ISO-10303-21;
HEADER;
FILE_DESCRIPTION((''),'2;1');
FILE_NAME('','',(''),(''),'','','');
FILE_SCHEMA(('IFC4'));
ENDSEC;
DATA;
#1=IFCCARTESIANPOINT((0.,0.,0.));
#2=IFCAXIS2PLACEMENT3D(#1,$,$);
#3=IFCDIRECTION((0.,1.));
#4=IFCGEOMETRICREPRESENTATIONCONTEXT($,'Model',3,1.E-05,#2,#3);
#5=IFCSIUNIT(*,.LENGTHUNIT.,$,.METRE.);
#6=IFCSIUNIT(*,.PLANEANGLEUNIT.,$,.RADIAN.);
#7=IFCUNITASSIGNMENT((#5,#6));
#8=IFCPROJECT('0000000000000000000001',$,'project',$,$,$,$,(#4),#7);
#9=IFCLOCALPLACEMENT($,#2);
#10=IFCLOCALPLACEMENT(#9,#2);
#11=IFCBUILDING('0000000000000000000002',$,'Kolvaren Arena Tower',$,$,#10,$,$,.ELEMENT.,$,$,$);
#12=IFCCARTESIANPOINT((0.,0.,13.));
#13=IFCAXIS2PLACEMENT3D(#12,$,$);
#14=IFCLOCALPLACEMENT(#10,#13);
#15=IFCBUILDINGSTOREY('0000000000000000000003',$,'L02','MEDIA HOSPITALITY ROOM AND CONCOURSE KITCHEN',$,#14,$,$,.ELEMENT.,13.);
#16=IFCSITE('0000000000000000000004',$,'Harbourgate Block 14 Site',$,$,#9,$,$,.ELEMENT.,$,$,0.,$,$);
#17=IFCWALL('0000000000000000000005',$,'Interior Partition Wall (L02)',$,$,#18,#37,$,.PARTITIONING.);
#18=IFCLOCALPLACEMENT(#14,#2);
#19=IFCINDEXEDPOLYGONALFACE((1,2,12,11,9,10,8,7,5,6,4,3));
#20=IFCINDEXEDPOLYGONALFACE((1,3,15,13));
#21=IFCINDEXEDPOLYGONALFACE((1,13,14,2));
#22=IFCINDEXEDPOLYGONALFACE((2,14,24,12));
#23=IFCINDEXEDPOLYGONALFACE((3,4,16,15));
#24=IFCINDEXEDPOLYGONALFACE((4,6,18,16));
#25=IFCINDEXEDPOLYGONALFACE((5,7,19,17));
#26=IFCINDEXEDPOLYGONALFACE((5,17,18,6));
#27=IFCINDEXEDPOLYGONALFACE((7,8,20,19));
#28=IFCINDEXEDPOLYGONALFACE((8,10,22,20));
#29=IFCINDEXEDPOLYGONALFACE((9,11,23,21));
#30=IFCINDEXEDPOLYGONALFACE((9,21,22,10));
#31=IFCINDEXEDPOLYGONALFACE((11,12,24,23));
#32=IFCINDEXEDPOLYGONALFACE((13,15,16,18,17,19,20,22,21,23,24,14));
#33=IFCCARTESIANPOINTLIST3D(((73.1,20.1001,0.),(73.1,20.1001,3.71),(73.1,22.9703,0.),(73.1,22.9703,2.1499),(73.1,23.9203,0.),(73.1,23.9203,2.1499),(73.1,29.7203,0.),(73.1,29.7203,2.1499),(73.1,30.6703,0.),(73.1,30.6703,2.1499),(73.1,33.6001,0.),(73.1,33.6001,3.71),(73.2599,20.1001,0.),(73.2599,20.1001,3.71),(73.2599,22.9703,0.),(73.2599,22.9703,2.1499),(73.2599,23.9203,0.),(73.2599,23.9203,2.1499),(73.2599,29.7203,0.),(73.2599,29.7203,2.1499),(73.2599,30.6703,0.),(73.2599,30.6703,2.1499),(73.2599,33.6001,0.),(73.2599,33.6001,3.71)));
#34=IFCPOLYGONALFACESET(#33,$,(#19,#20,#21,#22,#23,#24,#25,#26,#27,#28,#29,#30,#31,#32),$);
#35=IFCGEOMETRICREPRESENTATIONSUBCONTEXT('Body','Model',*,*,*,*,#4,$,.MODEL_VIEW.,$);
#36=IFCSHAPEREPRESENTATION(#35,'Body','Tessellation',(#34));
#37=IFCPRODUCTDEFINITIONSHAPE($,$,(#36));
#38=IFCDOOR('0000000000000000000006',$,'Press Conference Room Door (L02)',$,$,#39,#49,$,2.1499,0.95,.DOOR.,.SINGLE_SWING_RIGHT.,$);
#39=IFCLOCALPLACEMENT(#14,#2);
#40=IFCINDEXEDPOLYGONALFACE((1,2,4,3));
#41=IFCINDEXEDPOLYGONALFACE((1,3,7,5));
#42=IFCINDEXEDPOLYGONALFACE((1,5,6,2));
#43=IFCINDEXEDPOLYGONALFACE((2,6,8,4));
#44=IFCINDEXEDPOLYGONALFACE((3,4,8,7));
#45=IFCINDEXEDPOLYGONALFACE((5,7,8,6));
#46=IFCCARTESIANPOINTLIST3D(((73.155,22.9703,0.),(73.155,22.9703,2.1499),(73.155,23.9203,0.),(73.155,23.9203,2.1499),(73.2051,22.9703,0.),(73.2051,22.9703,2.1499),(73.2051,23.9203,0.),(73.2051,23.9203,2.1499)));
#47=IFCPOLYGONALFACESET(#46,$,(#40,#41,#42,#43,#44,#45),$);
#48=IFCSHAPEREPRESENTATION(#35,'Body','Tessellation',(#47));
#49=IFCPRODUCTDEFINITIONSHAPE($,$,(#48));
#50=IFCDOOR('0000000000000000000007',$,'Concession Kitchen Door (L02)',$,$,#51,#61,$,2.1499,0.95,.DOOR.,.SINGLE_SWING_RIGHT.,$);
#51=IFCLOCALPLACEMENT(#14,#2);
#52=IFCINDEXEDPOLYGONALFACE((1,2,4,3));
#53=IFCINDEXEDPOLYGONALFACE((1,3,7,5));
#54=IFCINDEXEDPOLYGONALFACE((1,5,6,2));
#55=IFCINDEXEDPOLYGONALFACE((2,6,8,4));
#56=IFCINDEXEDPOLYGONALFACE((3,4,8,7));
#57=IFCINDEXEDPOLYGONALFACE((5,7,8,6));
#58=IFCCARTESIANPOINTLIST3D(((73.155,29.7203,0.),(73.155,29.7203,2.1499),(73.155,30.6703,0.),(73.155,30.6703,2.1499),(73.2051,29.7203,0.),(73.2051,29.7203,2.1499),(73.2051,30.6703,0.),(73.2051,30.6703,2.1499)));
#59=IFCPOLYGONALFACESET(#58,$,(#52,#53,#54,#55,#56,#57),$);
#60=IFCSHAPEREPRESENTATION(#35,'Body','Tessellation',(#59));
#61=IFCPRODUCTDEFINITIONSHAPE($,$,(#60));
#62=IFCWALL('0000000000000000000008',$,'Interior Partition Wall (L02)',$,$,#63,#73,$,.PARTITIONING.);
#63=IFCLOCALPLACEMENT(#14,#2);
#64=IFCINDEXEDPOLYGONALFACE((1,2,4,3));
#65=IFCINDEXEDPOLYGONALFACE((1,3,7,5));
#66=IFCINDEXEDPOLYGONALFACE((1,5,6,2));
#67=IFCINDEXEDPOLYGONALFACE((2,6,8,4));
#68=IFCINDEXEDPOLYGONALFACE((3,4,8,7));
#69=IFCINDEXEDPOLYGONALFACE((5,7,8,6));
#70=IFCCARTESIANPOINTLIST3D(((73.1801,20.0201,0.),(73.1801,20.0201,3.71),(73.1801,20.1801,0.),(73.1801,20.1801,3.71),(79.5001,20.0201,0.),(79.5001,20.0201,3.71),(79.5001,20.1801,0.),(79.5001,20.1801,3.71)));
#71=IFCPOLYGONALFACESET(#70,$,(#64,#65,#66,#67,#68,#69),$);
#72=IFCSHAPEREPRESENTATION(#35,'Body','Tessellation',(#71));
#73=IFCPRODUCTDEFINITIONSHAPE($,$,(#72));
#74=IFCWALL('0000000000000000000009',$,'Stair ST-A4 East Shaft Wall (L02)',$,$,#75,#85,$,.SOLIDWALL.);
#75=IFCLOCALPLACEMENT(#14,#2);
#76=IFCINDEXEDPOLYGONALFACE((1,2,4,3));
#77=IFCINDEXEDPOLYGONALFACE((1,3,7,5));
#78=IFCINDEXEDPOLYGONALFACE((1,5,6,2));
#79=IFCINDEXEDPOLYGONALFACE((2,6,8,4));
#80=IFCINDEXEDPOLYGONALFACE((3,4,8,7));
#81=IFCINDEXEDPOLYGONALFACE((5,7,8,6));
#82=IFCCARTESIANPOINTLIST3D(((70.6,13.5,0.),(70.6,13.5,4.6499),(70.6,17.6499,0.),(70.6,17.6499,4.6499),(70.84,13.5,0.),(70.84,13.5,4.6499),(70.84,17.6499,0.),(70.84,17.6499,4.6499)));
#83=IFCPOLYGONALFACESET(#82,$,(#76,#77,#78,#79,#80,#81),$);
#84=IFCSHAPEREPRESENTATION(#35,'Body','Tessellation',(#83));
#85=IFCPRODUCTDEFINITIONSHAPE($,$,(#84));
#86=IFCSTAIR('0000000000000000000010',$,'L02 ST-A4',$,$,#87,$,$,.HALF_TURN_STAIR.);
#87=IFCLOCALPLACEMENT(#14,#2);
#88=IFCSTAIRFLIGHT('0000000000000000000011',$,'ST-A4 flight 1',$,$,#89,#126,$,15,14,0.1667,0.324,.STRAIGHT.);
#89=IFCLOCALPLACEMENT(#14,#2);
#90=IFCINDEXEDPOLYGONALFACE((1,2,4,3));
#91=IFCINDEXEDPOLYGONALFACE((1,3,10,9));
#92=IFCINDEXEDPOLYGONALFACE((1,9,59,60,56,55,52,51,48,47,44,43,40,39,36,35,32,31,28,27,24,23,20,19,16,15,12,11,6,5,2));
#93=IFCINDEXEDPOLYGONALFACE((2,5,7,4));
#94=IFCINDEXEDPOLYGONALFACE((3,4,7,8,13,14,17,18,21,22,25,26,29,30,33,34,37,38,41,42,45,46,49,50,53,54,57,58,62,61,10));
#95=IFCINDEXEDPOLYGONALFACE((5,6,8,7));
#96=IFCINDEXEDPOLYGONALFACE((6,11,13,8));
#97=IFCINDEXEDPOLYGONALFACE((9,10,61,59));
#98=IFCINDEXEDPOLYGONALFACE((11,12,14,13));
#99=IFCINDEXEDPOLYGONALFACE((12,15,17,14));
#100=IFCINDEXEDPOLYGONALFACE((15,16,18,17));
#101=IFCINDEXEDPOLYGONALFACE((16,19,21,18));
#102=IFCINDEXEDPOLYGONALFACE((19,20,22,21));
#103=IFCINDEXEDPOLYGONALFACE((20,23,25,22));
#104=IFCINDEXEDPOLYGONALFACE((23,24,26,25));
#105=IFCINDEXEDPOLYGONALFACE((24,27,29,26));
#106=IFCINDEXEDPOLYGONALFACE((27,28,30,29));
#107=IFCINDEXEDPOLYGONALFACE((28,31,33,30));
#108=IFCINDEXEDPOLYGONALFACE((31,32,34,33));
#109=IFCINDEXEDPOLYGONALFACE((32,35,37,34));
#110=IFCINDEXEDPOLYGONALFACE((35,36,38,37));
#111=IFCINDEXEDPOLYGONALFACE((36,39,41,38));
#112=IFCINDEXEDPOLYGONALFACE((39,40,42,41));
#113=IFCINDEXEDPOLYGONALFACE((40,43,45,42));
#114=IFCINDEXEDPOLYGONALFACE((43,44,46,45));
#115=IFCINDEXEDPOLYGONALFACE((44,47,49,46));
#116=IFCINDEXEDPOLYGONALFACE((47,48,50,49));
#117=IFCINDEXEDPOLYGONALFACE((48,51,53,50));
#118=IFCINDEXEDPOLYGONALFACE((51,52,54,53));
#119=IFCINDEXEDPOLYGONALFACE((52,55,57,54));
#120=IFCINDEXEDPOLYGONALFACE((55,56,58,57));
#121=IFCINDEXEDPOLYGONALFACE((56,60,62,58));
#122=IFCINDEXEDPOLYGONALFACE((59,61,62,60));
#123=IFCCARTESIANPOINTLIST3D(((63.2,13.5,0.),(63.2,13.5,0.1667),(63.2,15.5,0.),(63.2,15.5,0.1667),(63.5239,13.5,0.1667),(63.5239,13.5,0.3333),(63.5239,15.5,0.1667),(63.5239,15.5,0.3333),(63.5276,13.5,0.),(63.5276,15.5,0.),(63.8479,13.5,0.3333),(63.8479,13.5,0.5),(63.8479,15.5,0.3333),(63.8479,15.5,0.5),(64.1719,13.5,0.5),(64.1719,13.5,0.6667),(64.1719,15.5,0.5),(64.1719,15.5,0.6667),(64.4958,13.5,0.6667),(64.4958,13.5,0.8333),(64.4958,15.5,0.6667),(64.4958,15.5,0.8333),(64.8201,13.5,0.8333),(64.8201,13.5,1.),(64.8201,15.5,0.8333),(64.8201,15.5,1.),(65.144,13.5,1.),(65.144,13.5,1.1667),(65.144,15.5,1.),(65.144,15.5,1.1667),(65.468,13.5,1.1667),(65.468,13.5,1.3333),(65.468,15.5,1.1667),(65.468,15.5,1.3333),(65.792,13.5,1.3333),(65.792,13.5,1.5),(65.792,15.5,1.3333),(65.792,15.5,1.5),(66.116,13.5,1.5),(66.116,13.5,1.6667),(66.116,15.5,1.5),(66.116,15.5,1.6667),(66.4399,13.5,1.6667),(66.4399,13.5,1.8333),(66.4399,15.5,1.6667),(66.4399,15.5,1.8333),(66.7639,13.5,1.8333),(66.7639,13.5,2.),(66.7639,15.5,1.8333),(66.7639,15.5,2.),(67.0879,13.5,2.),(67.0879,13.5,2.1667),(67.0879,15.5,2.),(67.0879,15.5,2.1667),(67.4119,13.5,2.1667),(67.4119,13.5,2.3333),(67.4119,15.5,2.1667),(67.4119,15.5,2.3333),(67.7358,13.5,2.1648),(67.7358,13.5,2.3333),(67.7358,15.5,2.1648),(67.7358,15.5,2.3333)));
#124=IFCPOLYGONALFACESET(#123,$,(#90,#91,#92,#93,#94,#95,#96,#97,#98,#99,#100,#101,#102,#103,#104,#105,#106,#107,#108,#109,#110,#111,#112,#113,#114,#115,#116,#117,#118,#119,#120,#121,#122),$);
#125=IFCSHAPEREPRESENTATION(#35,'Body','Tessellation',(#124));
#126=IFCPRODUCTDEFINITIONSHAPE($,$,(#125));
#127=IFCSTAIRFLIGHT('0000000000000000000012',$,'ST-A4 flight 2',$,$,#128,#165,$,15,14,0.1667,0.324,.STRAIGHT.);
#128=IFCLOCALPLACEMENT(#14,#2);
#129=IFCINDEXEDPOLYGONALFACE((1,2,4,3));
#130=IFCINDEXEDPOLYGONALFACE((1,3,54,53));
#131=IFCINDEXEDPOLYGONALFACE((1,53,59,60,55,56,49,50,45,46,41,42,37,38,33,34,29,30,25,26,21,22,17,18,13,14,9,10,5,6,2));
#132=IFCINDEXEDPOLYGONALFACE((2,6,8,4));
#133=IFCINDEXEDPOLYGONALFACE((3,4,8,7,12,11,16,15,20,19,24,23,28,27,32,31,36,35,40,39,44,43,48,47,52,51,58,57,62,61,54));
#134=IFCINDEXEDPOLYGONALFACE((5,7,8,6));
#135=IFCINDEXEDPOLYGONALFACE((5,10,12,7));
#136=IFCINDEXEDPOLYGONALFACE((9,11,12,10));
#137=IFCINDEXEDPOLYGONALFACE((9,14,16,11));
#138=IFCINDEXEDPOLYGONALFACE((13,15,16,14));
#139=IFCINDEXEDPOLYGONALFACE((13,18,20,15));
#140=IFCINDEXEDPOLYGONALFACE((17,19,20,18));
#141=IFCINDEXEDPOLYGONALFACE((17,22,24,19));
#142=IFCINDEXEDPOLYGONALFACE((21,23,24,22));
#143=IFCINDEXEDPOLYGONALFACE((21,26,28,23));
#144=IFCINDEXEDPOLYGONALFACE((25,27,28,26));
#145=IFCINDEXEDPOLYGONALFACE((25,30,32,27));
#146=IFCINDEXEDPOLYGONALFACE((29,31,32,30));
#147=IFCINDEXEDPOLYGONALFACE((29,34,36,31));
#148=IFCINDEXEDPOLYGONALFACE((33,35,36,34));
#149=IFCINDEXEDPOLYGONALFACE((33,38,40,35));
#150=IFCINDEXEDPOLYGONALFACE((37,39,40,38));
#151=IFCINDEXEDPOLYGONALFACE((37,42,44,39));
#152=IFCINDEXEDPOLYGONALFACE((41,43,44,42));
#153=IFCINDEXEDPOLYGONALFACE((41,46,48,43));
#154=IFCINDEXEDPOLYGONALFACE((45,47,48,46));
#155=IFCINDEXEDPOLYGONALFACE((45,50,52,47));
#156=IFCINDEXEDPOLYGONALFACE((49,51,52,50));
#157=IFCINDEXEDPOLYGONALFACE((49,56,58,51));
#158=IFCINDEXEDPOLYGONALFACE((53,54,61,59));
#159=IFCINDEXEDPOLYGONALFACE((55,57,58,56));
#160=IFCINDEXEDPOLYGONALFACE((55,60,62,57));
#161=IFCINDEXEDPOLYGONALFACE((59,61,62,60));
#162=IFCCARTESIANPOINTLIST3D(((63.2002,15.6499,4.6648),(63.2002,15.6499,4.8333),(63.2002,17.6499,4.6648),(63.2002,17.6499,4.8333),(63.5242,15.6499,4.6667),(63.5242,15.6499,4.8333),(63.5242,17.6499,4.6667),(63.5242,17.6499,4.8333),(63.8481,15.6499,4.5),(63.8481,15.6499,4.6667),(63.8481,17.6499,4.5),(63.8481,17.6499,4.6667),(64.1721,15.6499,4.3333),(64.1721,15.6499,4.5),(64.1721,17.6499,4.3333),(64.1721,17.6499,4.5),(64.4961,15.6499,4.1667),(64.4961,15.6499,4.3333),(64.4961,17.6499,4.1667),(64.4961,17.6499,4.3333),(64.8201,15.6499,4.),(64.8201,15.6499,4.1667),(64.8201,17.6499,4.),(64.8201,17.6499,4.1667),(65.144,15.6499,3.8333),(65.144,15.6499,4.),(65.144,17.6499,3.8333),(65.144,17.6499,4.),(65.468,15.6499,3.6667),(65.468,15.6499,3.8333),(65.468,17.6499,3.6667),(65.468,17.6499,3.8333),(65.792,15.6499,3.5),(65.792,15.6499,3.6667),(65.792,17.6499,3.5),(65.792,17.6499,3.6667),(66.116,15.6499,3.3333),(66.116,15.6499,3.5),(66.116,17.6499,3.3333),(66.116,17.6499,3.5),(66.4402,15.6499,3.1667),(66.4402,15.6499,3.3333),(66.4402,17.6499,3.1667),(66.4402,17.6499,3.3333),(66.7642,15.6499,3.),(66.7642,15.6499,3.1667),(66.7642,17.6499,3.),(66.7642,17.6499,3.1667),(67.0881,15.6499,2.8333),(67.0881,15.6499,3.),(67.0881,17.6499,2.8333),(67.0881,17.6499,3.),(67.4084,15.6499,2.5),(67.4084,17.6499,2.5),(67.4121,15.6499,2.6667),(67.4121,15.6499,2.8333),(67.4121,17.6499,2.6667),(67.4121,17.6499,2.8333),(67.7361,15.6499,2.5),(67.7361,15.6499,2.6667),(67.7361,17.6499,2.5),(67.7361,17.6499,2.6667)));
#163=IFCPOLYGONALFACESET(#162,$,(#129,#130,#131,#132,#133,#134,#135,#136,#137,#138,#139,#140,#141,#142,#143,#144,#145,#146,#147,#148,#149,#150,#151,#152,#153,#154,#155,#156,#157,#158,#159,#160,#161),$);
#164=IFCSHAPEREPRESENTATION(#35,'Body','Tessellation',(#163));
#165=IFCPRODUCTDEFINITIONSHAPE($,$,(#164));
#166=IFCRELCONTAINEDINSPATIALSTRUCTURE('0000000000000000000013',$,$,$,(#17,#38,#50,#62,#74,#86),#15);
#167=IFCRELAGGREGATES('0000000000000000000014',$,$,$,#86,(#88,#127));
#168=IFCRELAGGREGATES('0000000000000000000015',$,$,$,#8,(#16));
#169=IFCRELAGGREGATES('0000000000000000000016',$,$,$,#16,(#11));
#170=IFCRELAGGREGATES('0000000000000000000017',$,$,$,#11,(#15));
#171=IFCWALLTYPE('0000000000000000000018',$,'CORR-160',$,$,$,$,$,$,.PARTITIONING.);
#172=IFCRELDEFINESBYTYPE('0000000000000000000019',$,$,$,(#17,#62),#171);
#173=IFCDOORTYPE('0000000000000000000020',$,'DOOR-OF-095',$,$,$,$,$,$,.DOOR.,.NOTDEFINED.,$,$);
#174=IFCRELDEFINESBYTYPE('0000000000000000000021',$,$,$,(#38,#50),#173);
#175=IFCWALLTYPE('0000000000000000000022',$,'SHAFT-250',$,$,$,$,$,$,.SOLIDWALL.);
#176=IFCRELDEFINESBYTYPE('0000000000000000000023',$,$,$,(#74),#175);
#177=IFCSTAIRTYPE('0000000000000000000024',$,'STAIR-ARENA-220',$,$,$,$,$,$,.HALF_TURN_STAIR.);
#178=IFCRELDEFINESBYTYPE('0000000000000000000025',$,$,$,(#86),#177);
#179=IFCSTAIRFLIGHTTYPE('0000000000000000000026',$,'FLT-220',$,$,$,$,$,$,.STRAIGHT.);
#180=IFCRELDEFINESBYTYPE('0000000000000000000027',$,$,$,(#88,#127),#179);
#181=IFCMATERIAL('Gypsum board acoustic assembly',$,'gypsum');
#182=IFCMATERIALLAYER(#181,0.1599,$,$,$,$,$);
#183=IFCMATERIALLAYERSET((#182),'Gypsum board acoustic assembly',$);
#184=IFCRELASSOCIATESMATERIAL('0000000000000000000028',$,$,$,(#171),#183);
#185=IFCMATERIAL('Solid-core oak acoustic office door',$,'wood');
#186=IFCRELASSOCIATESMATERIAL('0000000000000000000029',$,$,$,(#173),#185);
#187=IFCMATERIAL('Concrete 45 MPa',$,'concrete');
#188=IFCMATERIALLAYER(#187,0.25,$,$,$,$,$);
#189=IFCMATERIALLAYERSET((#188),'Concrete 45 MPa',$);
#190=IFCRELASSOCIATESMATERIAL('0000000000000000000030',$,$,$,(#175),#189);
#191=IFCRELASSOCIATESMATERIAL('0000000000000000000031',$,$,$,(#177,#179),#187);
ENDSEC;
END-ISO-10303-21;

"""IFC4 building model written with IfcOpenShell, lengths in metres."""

from ifc_helpers import new_model, si_unit, direction, frame, frame_2d, origin, place, context, subcontext, project, spatial, polyline, rectangle, outline, extrude, material, layer, layer_set, type_object, element, fill, aggregate, save


model = new_model("IFC4")

# Units and contexts
model_context = context("Model", 3, precision=1e-05, world=origin(), true_north=direction((0.0, 1.0)))
body_context = subcontext(model_context, "Body", "Model", "MODEL_VIEW")
ifc_project = project(units=[si_unit("LENGTHUNIT", "METRE"), si_unit("PLANEANGLEUNIT", "RADIAN")], contexts=[model_context])

# Site, building, storey
site_placement = place(None, origin())
site = spatial("IfcSite", under=ifc_project, at=site_placement, Name="Harbourgate Block 14 Site", CompositionType="ELEMENT", RefElevation=0.0)
building_placement = place(site_placement, origin())
building = spatial("IfcBuilding", under=site, at=building_placement, Name="Kolvaren Arena Tower", CompositionType="ELEMENT")
storey_placement = place(building_placement, frame((0.0, 0.0, 13.0)))
storey = spatial("IfcBuildingStorey", under=building, at=storey_placement, Name="L02", Description="MEDIA HOSPITALITY ROOM AND CONCOURSE KITCHEN", CompositionType="ELEMENT", Elevation=13.0)

# Wall, openings, doors
ifc_material_1 = material(Name="Gypsum board acoustic assembly", Category="gypsum")
ifc_layer_1 = layer(ifc_material_1, 0.1599)
ifc_layer_set_1 = layer_set([ifc_layer_1], Name="Gypsum board acoustic assembly")
wall_type_1 = type_object("IfcWallType", Name="CORR-160", PredefinedType="PARTITIONING", material=ifc_layer_set_1)
ifc_material_2 = material(Name="Solid-core oak acoustic office door", Category="wood")
door_type = type_object("IfcDoorType", Name="DOOR-OF-095", OperationType="NOTDEFINED", PredefinedType="DOOR", material=ifc_material_2)
wall_1_placement = place(storey_placement, frame((73.1799, 20.1001, 0.0), z_axis=(0.0, 0.0, 1.0), x_axis=(0.0, 1.0, 0.0)))
wall_1 = element("IfcWall", 1, at=wall_1_placement, inside=storey, type_object=wall_type_1, Name="Interior Partition Wall (L02)", PredefinedType="PARTITIONING", context=body_context, shape_type="SweptSolid", body=[
    extrude(rectangle(XDim=13.5, YDim=0.1599, at=frame_2d((6.75, 0.0))), origin(), (0.0, 0.0, 1.0), 3.71),
])
opening_1_placement = place(wall_1_placement, frame((2.8701, 0.0, 0.0)))
opening_1 = element("IfcOpeningElement", 2, at=opening_1_placement, cuts=wall_1, PredefinedType="OPENING", context=body_context, shape_type="SweptSolid", body=[
    extrude(rectangle(XDim=0.95, YDim=2.1499, at=frame_2d((0.4751, 1.075))), frame((0.0, 0.0898, 0.0), z_axis=(0.0, -1.0, 0.0), x_axis=(1.0, 0.0, 0.0)), (0.0, 0.0, 1.0), 0.1799),
])
opening_2_placement = place(wall_1_placement, frame((9.6201, 0.0, 0.0)))
opening_2 = element("IfcOpeningElement", 3, at=opening_2_placement, cuts=wall_1, PredefinedType="OPENING", context=body_context, shape_type="SweptSolid", body=[
    extrude(rectangle(XDim=0.95, YDim=2.1499, at=frame_2d((0.4751, 1.075))), frame((0.0, 0.0898, 0.0), z_axis=(0.0, -1.0, 0.0), x_axis=(1.0, 0.0, 0.0)), (0.0, 0.0, 1.0), 0.1799),
])
door_1_placement = place(opening_1_placement, origin())
door_1 = element("IfcDoor", 4, at=door_1_placement, inside=storey, type_object=door_type, Name="Press Conference Room Door (L02)", OperationType="SINGLE_SWING_RIGHT", OverallHeight=2.1499, OverallWidth=0.95, PredefinedType="DOOR", context=body_context, shape_type="SweptSolid", body=[
    extrude(rectangle(XDim=0.95, YDim=2.1499, at=frame_2d((0.4751, 1.075))), frame((0.0, 0.0249, 0.0), z_axis=(0.0, -1.0, 0.0), x_axis=(1.0, 0.0, 0.0)), (0.0, 0.0, 1.0), 0.05),
])
fill(opening_1, door_1)
door_2_placement = place(opening_2_placement, origin())
door_2 = element("IfcDoor", 5, at=door_2_placement, inside=storey, type_object=door_type, Name="Concession Kitchen Door (L02)", OperationType="SINGLE_SWING_RIGHT", OverallHeight=2.1499, OverallWidth=0.95, PredefinedType="DOOR", context=body_context, shape_type="SweptSolid", body=[
    extrude(rectangle(XDim=0.95, YDim=2.1499, at=frame_2d((0.4751, 1.075))), frame((0.0, 0.0249, 0.0), z_axis=(0.0, -1.0, 0.0), x_axis=(1.0, 0.0, 0.0)), (0.0, 0.0, 1.0), 0.05),
])
fill(opening_2, door_2)

# Walls
wall_2_placement = place(storey_placement, frame((73.1799, 20.1001, 0.0), z_axis=(0.0, 0.0, 1.0), x_axis=(1.0, 0.0, 0.0)))
element("IfcWall", 6, at=wall_2_placement, inside=storey, type_object=wall_type_1, Name="Interior Partition Wall (L02)", PredefinedType="PARTITIONING", context=body_context, shape_type="SweptSolid", body=[
    extrude(rectangle(XDim=6.3201, YDim=0.1599, at=frame_2d((3.1602, 0.0))), origin(), (0.0, 0.0, 1.0), 3.71),
])
ifc_material_3 = material(Name="Concrete 45 MPa", Category="concrete")
ifc_layer_2 = layer(ifc_material_3, 0.25)
ifc_layer_set_2 = layer_set([ifc_layer_2], Name="Concrete 45 MPa")
wall_type_2 = type_object("IfcWallType", Name="SHAFT-250", PredefinedType="SOLIDWALL", material=ifc_layer_set_2)
wall_3_placement = place(storey_placement, frame((70.72, 13.5, 0.0), z_axis=(0.0, 0.0, 1.0), x_axis=(0.0, 1.0, 0.0)))
element("IfcWall", 7, at=wall_3_placement, inside=storey, type_object=wall_type_2, Name="Stair ST-A4 East Shaft Wall (L02)", PredefinedType="SOLIDWALL", context=body_context, shape_type="SweptSolid", body=[
    extrude(rectangle(XDim=4.1499, YDim=0.24, at=frame_2d((2.075, 0.0))), origin(), (0.0, 0.0, 1.0), 4.6499),
])

# Stair, stair flights
stair_type = type_object("IfcStairType", Name="STAIR-ARENA-220", PredefinedType="HALF_TURN_STAIR", material=ifc_material_3)
stair_placement = place(storey_placement, origin())
stair = element("IfcStair", 8, at=stair_placement, inside=storey, type_object=stair_type, Name="L02 ST-A4", PredefinedType="HALF_TURN_STAIR")
stair_flight_type = type_object("IfcStairFlightType", Name="FLT-220", PredefinedType="STRAIGHT", material=ifc_material_3)
stair_flight_1_placement = place(storey_placement, frame((63.2, 14.5, 0.0), z_axis=(0.0, 0.0, 1.0), x_axis=(1.0, 0.0, 0.0)))
stair_flight_1 = element("IfcStairFlight", 9, at=stair_flight_1_placement, type_object=stair_flight_type, Name="ST-A4 flight 1", NumberOfRisers=15, NumberOfTreads=14, PredefinedType="STRAIGHT", RiserHeight=0.1667, TreadLength=0.324, context=body_context, shape_type="SweptSolid", body=[
    extrude(outline(polyline([(0.0, 0.0), (0.0, 0.1667), (0.324, 0.1667), (0.324, 0.3333), (0.6479, 0.3333), (0.6479, 0.5), (0.9719, 0.5), (0.9719, 0.6667), (1.2959, 0.6667), (1.2959, 0.8333), (1.6201, 0.8333), (1.6201, 1.0), (1.9441, 1.0), (1.9441, 1.1667), (2.2681, 1.1667), (2.2681, 1.3333), (2.592, 1.3333), (2.592, 1.5), (2.916, 1.5), (2.916, 1.6667), (3.24, 1.6667), (3.24, 1.8333), (3.564, 1.8333), (3.564, 2.0), (3.8879, 2.0), (3.8879, 2.1667), (4.2119, 2.1667), (4.2119, 2.3333), (4.5359, 2.3333), (4.5359, 2.5), (4.5359, 2.1648), (0.3276, 0.0), (0.0, 0.0)])), frame((0.0, 1.0, 0.0), z_axis=(0.0, -1.0, 0.0), x_axis=(1.0, 0.0, 0.0)), (0.0, 0.0, 1.0), 2.0),
])
stair_flight_2_placement = place(storey_placement, frame((67.7361, 16.6499, 2.5), z_axis=(0.0, 0.0, 1.0), x_axis=(-1.0, 0.0, 0.0)))
stair_flight_2 = element("IfcStairFlight", 10, at=stair_flight_2_placement, type_object=stair_flight_type, Name="ST-A4 flight 2", NumberOfRisers=15, NumberOfTreads=14, PredefinedType="STRAIGHT", RiserHeight=0.1667, TreadLength=0.324, context=body_context, shape_type="SweptSolid", body=[
    extrude(outline(polyline([(0.0, 0.0), (0.0, 0.1667), (0.324, 0.1667), (0.324, 0.3333), (0.6479, 0.3333), (0.6479, 0.5), (0.9719, 0.5), (0.9719, 0.6667), (1.2959, 0.6667), (1.2959, 0.8333), (1.6201, 0.8333), (1.6201, 1.0), (1.9441, 1.0), (1.9441, 1.1667), (2.2681, 1.1667), (2.2681, 1.3333), (2.592, 1.3333), (2.592, 1.5), (2.916, 1.5), (2.916, 1.6667), (3.24, 1.6667), (3.24, 1.8333), (3.564, 1.8333), (3.564, 2.0), (3.8879, 2.0), (3.8879, 2.1667), (4.2119, 2.1667), (4.2119, 2.3333), (4.5359, 2.3333), (4.5359, 2.5), (4.5359, 2.1648), (0.3276, 0.0), (0.0, 0.0)])), frame((0.0, 1.0, 0.0), z_axis=(0.0, -1.0, 0.0), x_axis=(1.0, 0.0, 0.0)), (0.0, 0.0, 1.0), 2.0),
])
aggregate(stair, [stair_flight_1, stair_flight_2])

save(model, "model.ifc")
